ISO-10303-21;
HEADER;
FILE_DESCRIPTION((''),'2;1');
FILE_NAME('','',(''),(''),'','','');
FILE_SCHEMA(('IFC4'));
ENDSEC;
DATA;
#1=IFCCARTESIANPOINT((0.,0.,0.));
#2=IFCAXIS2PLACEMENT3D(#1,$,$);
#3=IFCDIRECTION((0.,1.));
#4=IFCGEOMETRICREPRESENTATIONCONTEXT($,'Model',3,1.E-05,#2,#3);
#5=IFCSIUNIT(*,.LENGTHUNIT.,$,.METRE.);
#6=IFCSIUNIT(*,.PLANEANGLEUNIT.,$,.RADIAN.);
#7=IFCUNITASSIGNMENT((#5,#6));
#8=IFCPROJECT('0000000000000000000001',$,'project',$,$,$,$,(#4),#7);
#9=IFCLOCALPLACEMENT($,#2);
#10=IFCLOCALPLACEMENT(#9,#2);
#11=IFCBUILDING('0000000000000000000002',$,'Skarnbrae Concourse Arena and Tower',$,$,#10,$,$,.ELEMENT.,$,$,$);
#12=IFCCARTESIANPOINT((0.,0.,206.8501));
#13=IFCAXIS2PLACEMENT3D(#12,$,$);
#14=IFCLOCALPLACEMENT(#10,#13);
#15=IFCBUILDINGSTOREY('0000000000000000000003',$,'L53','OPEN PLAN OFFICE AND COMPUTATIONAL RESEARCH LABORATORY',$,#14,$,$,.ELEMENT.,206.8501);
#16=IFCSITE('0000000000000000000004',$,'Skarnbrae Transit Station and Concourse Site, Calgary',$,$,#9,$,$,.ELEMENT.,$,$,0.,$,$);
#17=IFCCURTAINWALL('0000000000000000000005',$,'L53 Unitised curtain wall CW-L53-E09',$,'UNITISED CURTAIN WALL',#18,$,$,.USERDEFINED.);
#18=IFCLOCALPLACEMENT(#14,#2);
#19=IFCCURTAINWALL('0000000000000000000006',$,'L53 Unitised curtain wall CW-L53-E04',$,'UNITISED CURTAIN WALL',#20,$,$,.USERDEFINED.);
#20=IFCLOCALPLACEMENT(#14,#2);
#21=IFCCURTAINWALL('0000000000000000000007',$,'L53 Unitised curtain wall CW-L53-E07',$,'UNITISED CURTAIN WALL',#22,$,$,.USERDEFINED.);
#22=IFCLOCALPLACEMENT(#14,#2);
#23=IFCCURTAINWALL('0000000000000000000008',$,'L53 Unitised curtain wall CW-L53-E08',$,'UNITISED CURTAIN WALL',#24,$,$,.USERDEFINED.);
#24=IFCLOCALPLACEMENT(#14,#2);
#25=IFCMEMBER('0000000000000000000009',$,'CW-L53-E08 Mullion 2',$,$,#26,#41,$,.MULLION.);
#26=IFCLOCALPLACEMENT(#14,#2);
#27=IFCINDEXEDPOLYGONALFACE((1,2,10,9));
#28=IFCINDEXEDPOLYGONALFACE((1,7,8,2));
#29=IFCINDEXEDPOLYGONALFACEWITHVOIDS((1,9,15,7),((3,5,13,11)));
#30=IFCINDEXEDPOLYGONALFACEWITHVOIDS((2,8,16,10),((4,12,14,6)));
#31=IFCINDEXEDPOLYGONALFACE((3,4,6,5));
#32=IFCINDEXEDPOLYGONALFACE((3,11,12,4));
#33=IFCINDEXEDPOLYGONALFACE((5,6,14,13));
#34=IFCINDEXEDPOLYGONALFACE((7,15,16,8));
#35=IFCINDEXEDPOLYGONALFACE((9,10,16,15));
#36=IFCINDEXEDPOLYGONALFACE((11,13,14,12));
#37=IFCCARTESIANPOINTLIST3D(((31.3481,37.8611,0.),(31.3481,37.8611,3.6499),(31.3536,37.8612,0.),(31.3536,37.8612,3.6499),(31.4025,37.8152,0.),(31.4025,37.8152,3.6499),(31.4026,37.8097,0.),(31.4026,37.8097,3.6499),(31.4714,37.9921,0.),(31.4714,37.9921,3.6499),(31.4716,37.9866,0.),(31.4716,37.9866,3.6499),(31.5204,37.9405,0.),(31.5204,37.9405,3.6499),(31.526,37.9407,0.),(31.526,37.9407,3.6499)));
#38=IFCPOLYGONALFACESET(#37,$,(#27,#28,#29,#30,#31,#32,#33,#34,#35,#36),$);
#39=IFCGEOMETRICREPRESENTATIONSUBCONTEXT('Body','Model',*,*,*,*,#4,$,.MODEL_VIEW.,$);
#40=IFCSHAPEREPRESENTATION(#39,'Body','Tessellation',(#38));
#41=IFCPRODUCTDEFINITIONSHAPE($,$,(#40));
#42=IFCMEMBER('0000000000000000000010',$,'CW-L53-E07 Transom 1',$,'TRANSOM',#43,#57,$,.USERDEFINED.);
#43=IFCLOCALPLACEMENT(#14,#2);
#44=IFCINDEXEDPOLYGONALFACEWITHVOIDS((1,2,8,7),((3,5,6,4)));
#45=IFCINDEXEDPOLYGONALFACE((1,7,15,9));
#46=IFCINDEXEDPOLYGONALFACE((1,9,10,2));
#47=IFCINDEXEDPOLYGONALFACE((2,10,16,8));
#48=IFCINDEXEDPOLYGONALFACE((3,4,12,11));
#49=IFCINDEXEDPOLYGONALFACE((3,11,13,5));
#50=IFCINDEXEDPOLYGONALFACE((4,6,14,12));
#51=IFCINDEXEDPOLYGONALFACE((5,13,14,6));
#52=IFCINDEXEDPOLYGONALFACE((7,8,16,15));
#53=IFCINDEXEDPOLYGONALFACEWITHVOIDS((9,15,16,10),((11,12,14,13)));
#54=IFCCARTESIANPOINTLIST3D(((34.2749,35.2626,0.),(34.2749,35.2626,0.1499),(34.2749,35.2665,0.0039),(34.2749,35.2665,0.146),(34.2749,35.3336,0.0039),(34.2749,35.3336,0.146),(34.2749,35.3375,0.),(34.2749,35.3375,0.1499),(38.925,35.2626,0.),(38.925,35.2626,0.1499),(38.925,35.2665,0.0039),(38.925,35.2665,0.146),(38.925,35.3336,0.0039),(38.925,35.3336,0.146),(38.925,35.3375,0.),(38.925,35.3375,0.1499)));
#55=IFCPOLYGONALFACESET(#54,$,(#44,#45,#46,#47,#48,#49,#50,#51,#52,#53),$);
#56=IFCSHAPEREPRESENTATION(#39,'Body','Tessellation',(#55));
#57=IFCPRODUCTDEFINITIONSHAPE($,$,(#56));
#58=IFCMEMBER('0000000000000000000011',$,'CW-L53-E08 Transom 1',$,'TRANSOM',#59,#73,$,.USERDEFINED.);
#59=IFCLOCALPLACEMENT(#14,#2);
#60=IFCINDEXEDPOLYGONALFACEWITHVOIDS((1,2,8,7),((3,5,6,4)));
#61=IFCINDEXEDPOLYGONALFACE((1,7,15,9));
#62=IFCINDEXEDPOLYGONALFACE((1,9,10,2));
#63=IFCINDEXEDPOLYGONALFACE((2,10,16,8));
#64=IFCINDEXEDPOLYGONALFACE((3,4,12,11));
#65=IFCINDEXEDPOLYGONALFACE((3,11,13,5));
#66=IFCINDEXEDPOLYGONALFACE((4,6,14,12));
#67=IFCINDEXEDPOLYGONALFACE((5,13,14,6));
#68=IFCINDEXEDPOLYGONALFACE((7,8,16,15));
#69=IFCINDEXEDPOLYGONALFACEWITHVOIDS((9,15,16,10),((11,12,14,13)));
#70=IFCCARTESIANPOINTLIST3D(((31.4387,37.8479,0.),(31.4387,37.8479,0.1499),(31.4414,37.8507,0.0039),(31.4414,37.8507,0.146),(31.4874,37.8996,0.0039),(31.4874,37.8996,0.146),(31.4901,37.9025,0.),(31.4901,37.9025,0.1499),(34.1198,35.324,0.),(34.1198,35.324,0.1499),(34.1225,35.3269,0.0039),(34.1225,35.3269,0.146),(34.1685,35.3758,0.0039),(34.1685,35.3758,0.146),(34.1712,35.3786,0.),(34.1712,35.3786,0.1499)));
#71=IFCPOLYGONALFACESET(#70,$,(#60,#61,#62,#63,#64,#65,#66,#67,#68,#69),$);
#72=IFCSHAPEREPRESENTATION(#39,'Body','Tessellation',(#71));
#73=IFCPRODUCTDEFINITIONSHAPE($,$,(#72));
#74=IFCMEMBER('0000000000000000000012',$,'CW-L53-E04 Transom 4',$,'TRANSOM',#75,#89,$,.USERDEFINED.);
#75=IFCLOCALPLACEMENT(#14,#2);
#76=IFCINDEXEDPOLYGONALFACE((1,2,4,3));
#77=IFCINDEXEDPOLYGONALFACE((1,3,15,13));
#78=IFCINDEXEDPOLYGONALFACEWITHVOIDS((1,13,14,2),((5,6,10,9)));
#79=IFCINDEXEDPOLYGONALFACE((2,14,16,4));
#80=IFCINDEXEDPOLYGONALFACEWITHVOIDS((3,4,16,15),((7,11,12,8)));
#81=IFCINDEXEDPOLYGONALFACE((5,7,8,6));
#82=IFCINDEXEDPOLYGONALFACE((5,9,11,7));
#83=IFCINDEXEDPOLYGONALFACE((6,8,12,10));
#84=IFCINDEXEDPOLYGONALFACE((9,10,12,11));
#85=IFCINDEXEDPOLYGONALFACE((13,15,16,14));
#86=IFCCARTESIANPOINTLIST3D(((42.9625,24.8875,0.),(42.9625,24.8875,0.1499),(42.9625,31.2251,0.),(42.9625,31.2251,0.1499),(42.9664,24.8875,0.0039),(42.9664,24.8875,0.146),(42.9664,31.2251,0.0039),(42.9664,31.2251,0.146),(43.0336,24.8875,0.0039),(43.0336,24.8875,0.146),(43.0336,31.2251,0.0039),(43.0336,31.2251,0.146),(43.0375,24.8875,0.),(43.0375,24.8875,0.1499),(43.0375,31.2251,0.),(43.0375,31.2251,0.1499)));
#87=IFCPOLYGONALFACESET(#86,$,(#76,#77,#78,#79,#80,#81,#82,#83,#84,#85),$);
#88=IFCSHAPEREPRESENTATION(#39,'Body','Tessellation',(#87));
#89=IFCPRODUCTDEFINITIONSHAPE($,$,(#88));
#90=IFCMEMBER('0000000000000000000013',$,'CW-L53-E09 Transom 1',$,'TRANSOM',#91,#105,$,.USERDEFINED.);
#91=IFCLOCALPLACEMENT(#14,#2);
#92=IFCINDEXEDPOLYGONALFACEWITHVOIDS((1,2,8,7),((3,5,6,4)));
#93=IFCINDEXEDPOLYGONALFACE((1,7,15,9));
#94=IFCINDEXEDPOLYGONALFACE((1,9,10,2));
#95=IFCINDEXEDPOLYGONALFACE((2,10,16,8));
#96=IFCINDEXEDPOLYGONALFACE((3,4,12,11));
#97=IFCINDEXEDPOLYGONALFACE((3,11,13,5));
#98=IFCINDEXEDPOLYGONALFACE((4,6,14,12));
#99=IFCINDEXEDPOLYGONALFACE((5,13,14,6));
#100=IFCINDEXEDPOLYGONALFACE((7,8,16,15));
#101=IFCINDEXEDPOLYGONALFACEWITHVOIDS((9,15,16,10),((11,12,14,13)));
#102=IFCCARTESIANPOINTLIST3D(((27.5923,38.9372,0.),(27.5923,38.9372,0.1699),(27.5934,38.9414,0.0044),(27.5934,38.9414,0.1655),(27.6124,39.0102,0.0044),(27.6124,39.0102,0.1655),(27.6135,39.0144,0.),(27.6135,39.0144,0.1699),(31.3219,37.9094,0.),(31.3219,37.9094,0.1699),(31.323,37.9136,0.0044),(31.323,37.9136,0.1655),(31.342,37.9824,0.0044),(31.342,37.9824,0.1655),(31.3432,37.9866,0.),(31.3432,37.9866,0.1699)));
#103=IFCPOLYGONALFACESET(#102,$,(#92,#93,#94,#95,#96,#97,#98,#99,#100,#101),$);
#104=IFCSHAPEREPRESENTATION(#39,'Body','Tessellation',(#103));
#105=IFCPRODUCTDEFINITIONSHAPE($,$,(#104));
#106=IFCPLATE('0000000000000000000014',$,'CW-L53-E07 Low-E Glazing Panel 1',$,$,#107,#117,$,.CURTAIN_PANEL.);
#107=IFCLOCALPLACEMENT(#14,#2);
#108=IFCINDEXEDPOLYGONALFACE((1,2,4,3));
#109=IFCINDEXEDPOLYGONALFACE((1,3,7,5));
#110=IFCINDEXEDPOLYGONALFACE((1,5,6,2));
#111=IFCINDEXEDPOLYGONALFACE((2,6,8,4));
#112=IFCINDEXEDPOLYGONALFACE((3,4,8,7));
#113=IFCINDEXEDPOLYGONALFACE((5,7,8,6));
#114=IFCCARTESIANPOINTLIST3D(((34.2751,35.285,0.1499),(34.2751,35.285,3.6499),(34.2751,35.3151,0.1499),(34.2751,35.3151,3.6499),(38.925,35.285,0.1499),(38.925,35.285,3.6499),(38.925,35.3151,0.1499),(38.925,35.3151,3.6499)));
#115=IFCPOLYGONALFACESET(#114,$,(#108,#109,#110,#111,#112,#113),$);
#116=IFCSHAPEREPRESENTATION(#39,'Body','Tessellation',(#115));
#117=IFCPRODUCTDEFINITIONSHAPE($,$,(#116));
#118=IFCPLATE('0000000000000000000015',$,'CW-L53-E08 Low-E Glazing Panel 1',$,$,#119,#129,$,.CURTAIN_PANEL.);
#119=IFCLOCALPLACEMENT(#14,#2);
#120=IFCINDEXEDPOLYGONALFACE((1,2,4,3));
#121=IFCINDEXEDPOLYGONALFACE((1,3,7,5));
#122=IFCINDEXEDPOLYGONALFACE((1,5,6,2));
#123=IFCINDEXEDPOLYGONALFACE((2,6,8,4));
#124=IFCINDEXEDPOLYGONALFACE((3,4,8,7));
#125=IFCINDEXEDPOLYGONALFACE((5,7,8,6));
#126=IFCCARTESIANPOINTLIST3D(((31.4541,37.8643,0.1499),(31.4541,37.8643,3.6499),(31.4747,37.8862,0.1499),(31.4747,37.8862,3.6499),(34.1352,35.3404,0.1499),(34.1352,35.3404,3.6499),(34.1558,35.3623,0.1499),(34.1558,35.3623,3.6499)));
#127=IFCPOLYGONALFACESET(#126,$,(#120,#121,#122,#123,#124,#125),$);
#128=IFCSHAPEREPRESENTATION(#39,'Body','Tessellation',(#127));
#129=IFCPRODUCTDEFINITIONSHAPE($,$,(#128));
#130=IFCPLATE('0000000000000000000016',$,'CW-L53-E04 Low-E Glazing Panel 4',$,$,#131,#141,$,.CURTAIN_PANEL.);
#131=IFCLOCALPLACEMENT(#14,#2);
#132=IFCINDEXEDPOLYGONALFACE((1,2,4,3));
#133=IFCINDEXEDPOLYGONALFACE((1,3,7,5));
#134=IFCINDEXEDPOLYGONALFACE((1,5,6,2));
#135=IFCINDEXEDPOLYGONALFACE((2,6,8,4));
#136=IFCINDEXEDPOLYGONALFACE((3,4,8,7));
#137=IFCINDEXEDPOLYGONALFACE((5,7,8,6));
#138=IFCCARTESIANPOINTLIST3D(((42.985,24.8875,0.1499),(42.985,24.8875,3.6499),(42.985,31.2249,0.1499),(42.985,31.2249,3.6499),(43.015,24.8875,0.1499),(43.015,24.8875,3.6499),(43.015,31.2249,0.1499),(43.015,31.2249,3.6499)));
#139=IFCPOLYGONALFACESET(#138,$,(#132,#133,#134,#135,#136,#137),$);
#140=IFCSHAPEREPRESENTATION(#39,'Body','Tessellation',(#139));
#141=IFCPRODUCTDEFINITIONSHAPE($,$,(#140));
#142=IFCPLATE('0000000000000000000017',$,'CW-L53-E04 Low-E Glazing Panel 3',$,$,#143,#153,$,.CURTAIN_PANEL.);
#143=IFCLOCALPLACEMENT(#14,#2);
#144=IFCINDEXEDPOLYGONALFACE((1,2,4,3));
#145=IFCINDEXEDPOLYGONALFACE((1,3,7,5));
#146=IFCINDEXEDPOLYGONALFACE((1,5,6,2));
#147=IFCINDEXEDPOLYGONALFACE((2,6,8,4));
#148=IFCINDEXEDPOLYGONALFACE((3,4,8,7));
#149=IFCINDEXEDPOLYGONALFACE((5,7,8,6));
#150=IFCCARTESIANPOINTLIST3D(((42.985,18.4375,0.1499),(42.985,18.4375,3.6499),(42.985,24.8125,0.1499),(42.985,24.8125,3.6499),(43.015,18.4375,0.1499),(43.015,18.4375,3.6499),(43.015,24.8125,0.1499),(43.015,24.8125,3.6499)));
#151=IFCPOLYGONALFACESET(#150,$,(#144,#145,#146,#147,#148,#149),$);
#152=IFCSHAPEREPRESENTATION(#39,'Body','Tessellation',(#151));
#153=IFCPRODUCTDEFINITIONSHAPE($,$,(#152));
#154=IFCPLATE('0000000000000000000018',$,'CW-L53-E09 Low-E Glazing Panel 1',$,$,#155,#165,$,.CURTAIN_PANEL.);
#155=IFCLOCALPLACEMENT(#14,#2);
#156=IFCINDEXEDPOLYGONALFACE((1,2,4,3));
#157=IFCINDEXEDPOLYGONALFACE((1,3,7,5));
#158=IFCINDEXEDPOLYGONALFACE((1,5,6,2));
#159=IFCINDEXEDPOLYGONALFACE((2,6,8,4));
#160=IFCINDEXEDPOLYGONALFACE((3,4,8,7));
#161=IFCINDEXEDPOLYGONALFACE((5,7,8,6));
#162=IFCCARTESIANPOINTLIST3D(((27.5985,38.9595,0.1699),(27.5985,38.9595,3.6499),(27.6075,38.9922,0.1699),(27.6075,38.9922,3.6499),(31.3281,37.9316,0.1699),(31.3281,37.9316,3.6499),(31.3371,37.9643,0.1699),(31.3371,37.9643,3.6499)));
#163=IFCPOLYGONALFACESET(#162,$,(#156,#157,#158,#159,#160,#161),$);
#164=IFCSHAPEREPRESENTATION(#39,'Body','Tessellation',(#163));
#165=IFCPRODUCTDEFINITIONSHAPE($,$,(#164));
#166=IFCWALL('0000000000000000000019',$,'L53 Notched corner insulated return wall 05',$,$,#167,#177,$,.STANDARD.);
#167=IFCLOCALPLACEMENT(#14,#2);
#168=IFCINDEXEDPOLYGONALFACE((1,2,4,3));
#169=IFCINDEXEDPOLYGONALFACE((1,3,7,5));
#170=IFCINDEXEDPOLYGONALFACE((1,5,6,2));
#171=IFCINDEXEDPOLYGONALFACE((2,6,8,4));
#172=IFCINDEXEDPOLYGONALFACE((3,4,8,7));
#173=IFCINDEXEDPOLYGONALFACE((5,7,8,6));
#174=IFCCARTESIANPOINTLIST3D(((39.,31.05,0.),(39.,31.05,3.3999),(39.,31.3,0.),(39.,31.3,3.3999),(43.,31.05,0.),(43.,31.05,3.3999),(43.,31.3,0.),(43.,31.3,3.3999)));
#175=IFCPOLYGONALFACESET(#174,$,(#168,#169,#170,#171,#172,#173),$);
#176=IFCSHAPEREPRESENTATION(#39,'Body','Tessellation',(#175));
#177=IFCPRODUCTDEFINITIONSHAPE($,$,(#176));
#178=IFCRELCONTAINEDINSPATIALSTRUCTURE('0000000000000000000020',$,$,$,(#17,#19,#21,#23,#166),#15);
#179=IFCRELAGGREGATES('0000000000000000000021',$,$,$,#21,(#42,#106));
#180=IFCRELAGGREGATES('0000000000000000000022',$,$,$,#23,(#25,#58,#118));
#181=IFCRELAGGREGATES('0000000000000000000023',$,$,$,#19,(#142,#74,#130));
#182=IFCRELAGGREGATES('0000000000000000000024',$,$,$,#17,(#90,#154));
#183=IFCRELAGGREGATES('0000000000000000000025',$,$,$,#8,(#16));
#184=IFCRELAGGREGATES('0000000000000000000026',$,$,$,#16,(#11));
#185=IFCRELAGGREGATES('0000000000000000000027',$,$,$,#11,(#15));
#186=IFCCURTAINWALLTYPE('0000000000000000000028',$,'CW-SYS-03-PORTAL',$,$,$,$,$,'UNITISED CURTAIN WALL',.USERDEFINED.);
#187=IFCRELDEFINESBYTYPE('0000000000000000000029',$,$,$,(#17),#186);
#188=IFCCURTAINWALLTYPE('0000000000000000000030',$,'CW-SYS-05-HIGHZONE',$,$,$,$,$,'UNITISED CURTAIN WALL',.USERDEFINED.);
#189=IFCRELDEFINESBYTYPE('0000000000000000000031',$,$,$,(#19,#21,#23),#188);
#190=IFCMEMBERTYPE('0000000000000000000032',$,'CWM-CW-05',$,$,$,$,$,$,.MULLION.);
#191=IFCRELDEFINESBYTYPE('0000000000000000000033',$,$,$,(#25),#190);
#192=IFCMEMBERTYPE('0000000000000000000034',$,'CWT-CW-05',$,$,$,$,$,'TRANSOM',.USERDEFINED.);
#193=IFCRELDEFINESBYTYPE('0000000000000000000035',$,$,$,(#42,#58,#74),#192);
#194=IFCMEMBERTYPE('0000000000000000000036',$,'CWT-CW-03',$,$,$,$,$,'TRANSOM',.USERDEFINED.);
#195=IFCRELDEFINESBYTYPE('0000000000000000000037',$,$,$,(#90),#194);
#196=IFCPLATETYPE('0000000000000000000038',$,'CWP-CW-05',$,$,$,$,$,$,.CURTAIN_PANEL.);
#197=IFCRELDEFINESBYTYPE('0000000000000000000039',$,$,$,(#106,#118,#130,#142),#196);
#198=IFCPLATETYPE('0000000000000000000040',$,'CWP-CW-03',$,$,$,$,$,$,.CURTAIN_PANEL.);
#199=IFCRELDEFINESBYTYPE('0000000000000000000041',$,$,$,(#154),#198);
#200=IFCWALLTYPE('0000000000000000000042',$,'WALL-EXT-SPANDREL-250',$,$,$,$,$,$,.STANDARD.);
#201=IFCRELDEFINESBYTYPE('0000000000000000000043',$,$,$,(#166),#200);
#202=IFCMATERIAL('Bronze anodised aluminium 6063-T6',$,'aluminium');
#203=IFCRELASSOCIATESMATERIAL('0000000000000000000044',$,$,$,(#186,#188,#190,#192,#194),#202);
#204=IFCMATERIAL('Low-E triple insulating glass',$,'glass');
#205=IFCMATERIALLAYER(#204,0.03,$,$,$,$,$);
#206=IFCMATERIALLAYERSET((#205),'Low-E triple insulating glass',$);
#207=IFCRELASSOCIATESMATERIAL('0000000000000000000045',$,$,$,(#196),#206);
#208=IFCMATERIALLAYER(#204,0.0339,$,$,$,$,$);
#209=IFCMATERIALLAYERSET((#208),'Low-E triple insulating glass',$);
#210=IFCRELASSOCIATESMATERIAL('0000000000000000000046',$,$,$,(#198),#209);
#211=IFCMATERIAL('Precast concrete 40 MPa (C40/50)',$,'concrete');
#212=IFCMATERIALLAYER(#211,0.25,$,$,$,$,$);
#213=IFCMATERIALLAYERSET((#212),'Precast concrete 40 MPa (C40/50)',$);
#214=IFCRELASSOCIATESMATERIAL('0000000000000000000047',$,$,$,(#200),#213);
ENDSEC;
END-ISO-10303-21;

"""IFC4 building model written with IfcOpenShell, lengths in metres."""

from ifc_helpers import new_model, si_unit, direction, frame, frame_2d, origin, origin_2d, place, context, subcontext, project, spatial, rectangle, hollow_rectangle, extrude, source, transform, mapped, material, layer, layer_set, material_profile, profile_set, type_object, element, aggregate, save


model = new_model("IFC4")

# Units and contexts
model_context = context("Model", 3, precision=1e-05, world=origin(), true_north=direction((0.0, 1.0)))
body_context = subcontext(model_context, "Body", "Model", "MODEL_VIEW")
ifc_project = project(units=[si_unit("LENGTHUNIT", "METRE"), si_unit("PLANEANGLEUNIT", "RADIAN")], contexts=[model_context])

# Site, building, storey
site_placement = place(None, origin())
site = spatial("IfcSite", under=ifc_project, at=site_placement, Name="Skarnbrae Transit Station and Concourse Site, Calgary", CompositionType="ELEMENT", RefElevation=0.0)
building_placement = place(site_placement, origin())
building = spatial("IfcBuilding", under=site, at=building_placement, Name="Skarnbrae Concourse Arena and Tower", CompositionType="ELEMENT")
storey_placement = place(building_placement, frame((0.0, 0.0, 206.8501)))
storey = spatial("IfcBuildingStorey", under=building, at=storey_placement, Name="L53", Description="OPEN PLAN OFFICE AND COMPUTATIONAL RESEARCH LABORATORY", CompositionType="ELEMENT", Elevation=206.8501)

# Curtain wall
ifc_material_1 = material(Name="Bronze anodised aluminium 6063-T6", Category="aluminium")
curtain_wall_type_1 = type_object("IfcCurtainWallType", Name="CW-SYS-03-PORTAL", ElementType="UNITISED CURTAIN WALL", PredefinedType="USERDEFINED", material=ifc_material_1)
curtain_wall_1_placement = place(storey_placement, origin())
curtain_wall_1 = element("IfcCurtainWall", 1, at=curtain_wall_1_placement, inside=storey, type_object=curtain_wall_type_1, Name="L53 Unitised curtain wall CW-L53-E09", ObjectType="UNITISED CURTAIN WALL", PredefinedType="USERDEFINED")

# Curtain walls, member
curtain_wall_type_2 = type_object("IfcCurtainWallType", Name="CW-SYS-05-HIGHZONE", ElementType="UNITISED CURTAIN WALL", PredefinedType="USERDEFINED", material=ifc_material_1)
curtain_wall_2_placement = place(storey_placement, origin())
curtain_wall_2 = element("IfcCurtainWall", 2, at=curtain_wall_2_placement, inside=storey, type_object=curtain_wall_type_2, Name="L53 Unitised curtain wall CW-L53-E04", ObjectType="UNITISED CURTAIN WALL", PredefinedType="USERDEFINED")
ifc_material_profile_1 = material_profile(ifc_material_1, hollow_rectangle(XDim=0.075, YDim=0.1799, WallThickness=0.0039, at=origin_2d()), Name="ALU-MULL-75X180")
ifc_profile_set_1 = profile_set([ifc_material_profile_1], Name="Bronze anodised aluminium 6063-T6")
member_type_1 = type_object("IfcMemberType", Name="CWM-CW-05", PredefinedType="MULLION", material=ifc_profile_set_1)
shared_shape_1 = source(origin(), body_context, "Body", "SweptSolid", [
    extrude(hollow_rectangle(XDim=0.075, YDim=0.1799, WallThickness=0.0039, at=origin_2d()), origin(), (0.0, 0.0, 1.0), 3.6499),
])
curtain_wall_3_placement = place(storey_placement, origin())
curtain_wall_3 = element("IfcCurtainWall", 3, at=curtain_wall_3_placement, inside=storey, type_object=curtain_wall_type_2, Name="L53 Unitised curtain wall CW-L53-E07", ObjectType="UNITISED CURTAIN WALL", PredefinedType="USERDEFINED")
curtain_wall_4_placement = place(storey_placement, origin())
curtain_wall_4 = element("IfcCurtainWall", 4, at=curtain_wall_4_placement, inside=storey, type_object=curtain_wall_type_2, Name="L53 Unitised curtain wall CW-L53-E08", ObjectType="UNITISED CURTAIN WALL", PredefinedType="USERDEFINED")
member_1_placement = place(storey_placement, frame((31.437, 37.9009, 0.0), z_axis=(0.0, 0.0, 1.0), x_axis=(-0.728131, 0.685438, 0.0)))
member_1 = element("IfcMember", 5, at=member_1_placement, type_object=member_type_1, Name="CW-L53-E08 Mullion 2", PredefinedType="MULLION", context=body_context, shape_type="MappedRepresentation", body=[
    mapped(shared_shape_1, transform((0.0, 0.0, 0.0))),
])

# Members
ifc_material_profile_2 = material_profile(ifc_material_1, hollow_rectangle(XDim=0.075, YDim=0.1499, WallThickness=0.0039, at=origin_2d()), Name="ALU-TRAN-75X150")
ifc_profile_set_2 = profile_set([ifc_material_profile_2], Name="Bronze anodised aluminium 6063-T6")
member_type_2 = type_object("IfcMemberType", Name="CWT-CW-05", ElementType="TRANSOM", PredefinedType="USERDEFINED", material=ifc_profile_set_2)
shared_shape_2 = source(origin(), body_context, "Body", "SweptSolid", [
    extrude(hollow_rectangle(XDim=0.075, YDim=0.1499, WallThickness=0.0039, at=origin_2d()), origin(), (0.0, 0.0, 1.0), 4.6501),
])
member_2_placement = place(storey_placement, frame((38.925, 35.3, 0.075), z_axis=(-1.0, 0.0, 0.0), x_axis=(0.0, -1.0, 0.0)))
member_2 = element("IfcMember", 6, at=member_2_placement, type_object=member_type_2, Name="CW-L53-E07 Transom 1", ObjectType="TRANSOM", PredefinedType="USERDEFINED", context=body_context, shape_type="MappedRepresentation", body=[
    mapped(shared_shape_2, transform((0.0, 0.0, 0.0))),
])
shared_shape_3 = source(origin(), body_context, "Body", "SweptSolid", [
    extrude(hollow_rectangle(XDim=0.075, YDim=0.1499, WallThickness=0.0039, at=origin_2d()), origin(), (0.0, 0.0, 1.0), 3.6821),
])
member_3_placement = place(storey_placement, frame((34.1455, 35.3513, 0.075), z_axis=(-0.728134, 0.685435, 0.0), x_axis=(-0.685435, -0.728134, 0.0)))
member_3 = element("IfcMember", 7, at=member_3_placement, type_object=member_type_2, Name="CW-L53-E08 Transom 1", ObjectType="TRANSOM", PredefinedType="USERDEFINED", context=body_context, shape_type="MappedRepresentation", body=[
    mapped(shared_shape_3, transform((0.0, 0.0, 0.0))),
])
shared_shape_4 = source(origin(), body_context, "Body", "SweptSolid", [
    extrude(hollow_rectangle(XDim=0.075, YDim=0.1499, WallThickness=0.0039, at=origin_2d()), origin(), (0.0, 0.0, 1.0), 6.3376),
])
member_4_placement = place(storey_placement, frame((43.0, 24.8875, 0.075), z_axis=(0.0, 1.0, 0.0), x_axis=(-1.0, 0.0, 0.0)))
member_4 = element("IfcMember", 8, at=member_4_placement, type_object=member_type_2, Name="CW-L53-E04 Transom 4", ObjectType="TRANSOM", PredefinedType="USERDEFINED", context=body_context, shape_type="MappedRepresentation", body=[
    mapped(shared_shape_4, transform((0.0, 0.0, 0.0))),
])
ifc_material_profile_3 = material_profile(ifc_material_1, hollow_rectangle(XDim=0.0801, YDim=0.1699, WallThickness=0.0044, at=origin_2d()), Name="ALU-TRAN-80X170")
ifc_profile_set_3 = profile_set([ifc_material_profile_3], Name="Bronze anodised aluminium 6063-T6")
member_type_3 = type_object("IfcMemberType", Name="CWT-CW-03", ElementType="TRANSOM", PredefinedType="USERDEFINED", material=ifc_profile_set_3)
shared_shape_5 = source(origin(), body_context, "Body", "SweptSolid", [
    extrude(hollow_rectangle(XDim=0.0801, YDim=0.1699, WallThickness=0.0044, at=origin_2d()), origin(), (0.0, 0.0, 1.0), 3.8687),
])
member_5_placement = place(storey_placement, frame((31.3325, 37.948, 0.085), z_axis=(-0.964063, 0.265674, 0.0), x_axis=(-0.265674, -0.964063, 0.0)))
member_5 = element("IfcMember", 9, at=member_5_placement, type_object=member_type_3, Name="CW-L53-E09 Transom 1", ObjectType="TRANSOM", PredefinedType="USERDEFINED", context=body_context, shape_type="MappedRepresentation", body=[
    mapped(shared_shape_5, transform((0.0, 0.0, 0.0))),
])

# Plates
ifc_material_2 = material(Name="Low-E triple insulating glass", Category="glass")
ifc_layer_1 = layer(ifc_material_2, 0.03)
ifc_layer_set_1 = layer_set([ifc_layer_1], Name="Low-E triple insulating glass")
plate_type_1 = type_object("IfcPlateType", Name="CWP-CW-05", PredefinedType="CURTAIN_PANEL", material=ifc_layer_set_1)
shared_shape_6 = source(origin(), body_context, "Body", "SweptSolid", [
    extrude(rectangle(XDim=4.6499, YDim=0.03, at=origin_2d()), origin(), (0.0, 0.0, 1.0), 3.5),
])
plate_1_placement = place(storey_placement, frame((36.6001, 35.3, 0.1499), z_axis=(0.0, 0.0, 1.0), x_axis=(-1.0, 0.0, 0.0)))
plate_1 = element("IfcPlate", 10, at=plate_1_placement, type_object=plate_type_1, Name="CW-L53-E07 Low-E Glazing Panel 1", PredefinedType="CURTAIN_PANEL", context=body_context, shape_type="MappedRepresentation", body=[
    mapped(shared_shape_6, transform((0.0, 0.0, 0.0))),
])
aggregate(curtain_wall_3, [member_2, plate_1])
shared_shape_7 = source(origin(), body_context, "Body", "SweptSolid", [
    extrude(rectangle(XDim=3.6821, YDim=0.03, at=origin_2d()), origin(), (0.0, 0.0, 1.0), 3.5),
])
plate_2_placement = place(storey_placement, frame((32.8049, 36.6133, 0.1499), z_axis=(0.0, 0.0, 1.0), x_axis=(-0.728131, 0.685438, 0.0)))
plate_2 = element("IfcPlate", 11, at=plate_2_placement, type_object=plate_type_1, Name="CW-L53-E08 Low-E Glazing Panel 1", PredefinedType="CURTAIN_PANEL", context=body_context, shape_type="MappedRepresentation", body=[
    mapped(shared_shape_7, transform((0.0, 0.0, 0.0))),
])
aggregate(curtain_wall_4, [member_1, member_3, plate_2])
shared_shape_8 = source(origin(), body_context, "Body", "SweptSolid", [
    extrude(rectangle(XDim=6.3374, YDim=0.03, at=origin_2d()), origin(), (0.0, 0.0, 1.0), 3.5),
])
plate_3_placement = place(storey_placement, frame((43.0, 28.0562, 0.1499), z_axis=(0.0, 0.0, 1.0), x_axis=(0.0, 1.0, 0.0)))
plate_3 = element("IfcPlate", 12, at=plate_3_placement, type_object=plate_type_1, Name="CW-L53-E04 Low-E Glazing Panel 4", PredefinedType="CURTAIN_PANEL", context=body_context, shape_type="MappedRepresentation", body=[
    mapped(shared_shape_8, transform((0.0, 0.0, 0.0))),
])
shared_shape_9 = source(origin(), body_context, "Body", "SweptSolid", [
    extrude(rectangle(XDim=6.375, YDim=0.03, at=origin_2d()), origin(), (0.0, 0.0, 1.0), 3.5),
])
plate_4_placement = place(storey_placement, frame((43.0, 21.625, 0.1499), z_axis=(0.0, 0.0, 1.0), x_axis=(0.0, 1.0, 0.0)))
plate_4 = element("IfcPlate", 13, at=plate_4_placement, type_object=plate_type_1, Name="CW-L53-E04 Low-E Glazing Panel 3", PredefinedType="CURTAIN_PANEL", context=body_context, shape_type="MappedRepresentation", body=[
    mapped(shared_shape_9, transform((0.0, 0.0, 0.0))),
])
aggregate(curtain_wall_2, [plate_4, member_4, plate_3])
ifc_layer_2 = layer(ifc_material_2, 0.0339)
ifc_layer_set_2 = layer_set([ifc_layer_2], Name="Low-E triple insulating glass")
plate_type_2 = type_object("IfcPlateType", Name="CWP-CW-03", PredefinedType="CURTAIN_PANEL", material=ifc_layer_set_2)
shared_shape_10 = source(origin(), body_context, "Body", "SweptSolid", [
    extrude(rectangle(XDim=3.8687, YDim=0.0339, at=origin_2d()), origin(), (0.0, 0.0, 1.0), 3.48),
])
plate_5_placement = place(storey_placement, frame((29.4678, 38.4619, 0.1699), z_axis=(0.0, 0.0, 1.0), x_axis=(-0.964057, 0.265694, 0.0)))
plate_5 = element("IfcPlate", 14, at=plate_5_placement, type_object=plate_type_2, Name="CW-L53-E09 Low-E Glazing Panel 1", PredefinedType="CURTAIN_PANEL", context=body_context, shape_type="MappedRepresentation", body=[
    mapped(shared_shape_10, transform((0.0, 0.0, 0.0))),
])
aggregate(curtain_wall_1, [member_5, plate_5])

# Wall
ifc_material_3 = material(Name="Precast concrete 40 MPa (C40/50)", Category="concrete")
ifc_layer_3 = layer(ifc_material_3, 0.25)
ifc_layer_set_3 = layer_set([ifc_layer_3], Name="Precast concrete 40 MPa (C40/50)")
wall_type_1 = type_object("IfcWallType", Name="WALL-EXT-SPANDREL-250", PredefinedType="STANDARD", material=ifc_layer_set_3)
shared_shape_11 = source(origin(), body_context, "Body", "SweptSolid", [
    extrude(rectangle(XDim=4.0, YDim=0.25, at=frame_2d((2.0, 0.0))), origin(), (0.0, 0.0, 1.0), 3.3999),
])
for number, where, z_axis, x_axis, name in (
    (15, (43.0, 31.175, 0.0), (0.0, 0.0, 1.0), (-1.0, 0.0, 0.0), "L53 Notched corner insulated return wall 05"),
):
    element("IfcWall", number, at=place(storey_placement, frame(where, z_axis=z_axis, x_axis=x_axis)), inside=storey, type_object=wall_type_1, Name=name, PredefinedType="STANDARD", context=body_context, shape_type="MappedRepresentation", body=[
        mapped(shared_shape_11, transform((0.0, 0.0, 0.0))),
    ])

save(model, "model.ifc")
